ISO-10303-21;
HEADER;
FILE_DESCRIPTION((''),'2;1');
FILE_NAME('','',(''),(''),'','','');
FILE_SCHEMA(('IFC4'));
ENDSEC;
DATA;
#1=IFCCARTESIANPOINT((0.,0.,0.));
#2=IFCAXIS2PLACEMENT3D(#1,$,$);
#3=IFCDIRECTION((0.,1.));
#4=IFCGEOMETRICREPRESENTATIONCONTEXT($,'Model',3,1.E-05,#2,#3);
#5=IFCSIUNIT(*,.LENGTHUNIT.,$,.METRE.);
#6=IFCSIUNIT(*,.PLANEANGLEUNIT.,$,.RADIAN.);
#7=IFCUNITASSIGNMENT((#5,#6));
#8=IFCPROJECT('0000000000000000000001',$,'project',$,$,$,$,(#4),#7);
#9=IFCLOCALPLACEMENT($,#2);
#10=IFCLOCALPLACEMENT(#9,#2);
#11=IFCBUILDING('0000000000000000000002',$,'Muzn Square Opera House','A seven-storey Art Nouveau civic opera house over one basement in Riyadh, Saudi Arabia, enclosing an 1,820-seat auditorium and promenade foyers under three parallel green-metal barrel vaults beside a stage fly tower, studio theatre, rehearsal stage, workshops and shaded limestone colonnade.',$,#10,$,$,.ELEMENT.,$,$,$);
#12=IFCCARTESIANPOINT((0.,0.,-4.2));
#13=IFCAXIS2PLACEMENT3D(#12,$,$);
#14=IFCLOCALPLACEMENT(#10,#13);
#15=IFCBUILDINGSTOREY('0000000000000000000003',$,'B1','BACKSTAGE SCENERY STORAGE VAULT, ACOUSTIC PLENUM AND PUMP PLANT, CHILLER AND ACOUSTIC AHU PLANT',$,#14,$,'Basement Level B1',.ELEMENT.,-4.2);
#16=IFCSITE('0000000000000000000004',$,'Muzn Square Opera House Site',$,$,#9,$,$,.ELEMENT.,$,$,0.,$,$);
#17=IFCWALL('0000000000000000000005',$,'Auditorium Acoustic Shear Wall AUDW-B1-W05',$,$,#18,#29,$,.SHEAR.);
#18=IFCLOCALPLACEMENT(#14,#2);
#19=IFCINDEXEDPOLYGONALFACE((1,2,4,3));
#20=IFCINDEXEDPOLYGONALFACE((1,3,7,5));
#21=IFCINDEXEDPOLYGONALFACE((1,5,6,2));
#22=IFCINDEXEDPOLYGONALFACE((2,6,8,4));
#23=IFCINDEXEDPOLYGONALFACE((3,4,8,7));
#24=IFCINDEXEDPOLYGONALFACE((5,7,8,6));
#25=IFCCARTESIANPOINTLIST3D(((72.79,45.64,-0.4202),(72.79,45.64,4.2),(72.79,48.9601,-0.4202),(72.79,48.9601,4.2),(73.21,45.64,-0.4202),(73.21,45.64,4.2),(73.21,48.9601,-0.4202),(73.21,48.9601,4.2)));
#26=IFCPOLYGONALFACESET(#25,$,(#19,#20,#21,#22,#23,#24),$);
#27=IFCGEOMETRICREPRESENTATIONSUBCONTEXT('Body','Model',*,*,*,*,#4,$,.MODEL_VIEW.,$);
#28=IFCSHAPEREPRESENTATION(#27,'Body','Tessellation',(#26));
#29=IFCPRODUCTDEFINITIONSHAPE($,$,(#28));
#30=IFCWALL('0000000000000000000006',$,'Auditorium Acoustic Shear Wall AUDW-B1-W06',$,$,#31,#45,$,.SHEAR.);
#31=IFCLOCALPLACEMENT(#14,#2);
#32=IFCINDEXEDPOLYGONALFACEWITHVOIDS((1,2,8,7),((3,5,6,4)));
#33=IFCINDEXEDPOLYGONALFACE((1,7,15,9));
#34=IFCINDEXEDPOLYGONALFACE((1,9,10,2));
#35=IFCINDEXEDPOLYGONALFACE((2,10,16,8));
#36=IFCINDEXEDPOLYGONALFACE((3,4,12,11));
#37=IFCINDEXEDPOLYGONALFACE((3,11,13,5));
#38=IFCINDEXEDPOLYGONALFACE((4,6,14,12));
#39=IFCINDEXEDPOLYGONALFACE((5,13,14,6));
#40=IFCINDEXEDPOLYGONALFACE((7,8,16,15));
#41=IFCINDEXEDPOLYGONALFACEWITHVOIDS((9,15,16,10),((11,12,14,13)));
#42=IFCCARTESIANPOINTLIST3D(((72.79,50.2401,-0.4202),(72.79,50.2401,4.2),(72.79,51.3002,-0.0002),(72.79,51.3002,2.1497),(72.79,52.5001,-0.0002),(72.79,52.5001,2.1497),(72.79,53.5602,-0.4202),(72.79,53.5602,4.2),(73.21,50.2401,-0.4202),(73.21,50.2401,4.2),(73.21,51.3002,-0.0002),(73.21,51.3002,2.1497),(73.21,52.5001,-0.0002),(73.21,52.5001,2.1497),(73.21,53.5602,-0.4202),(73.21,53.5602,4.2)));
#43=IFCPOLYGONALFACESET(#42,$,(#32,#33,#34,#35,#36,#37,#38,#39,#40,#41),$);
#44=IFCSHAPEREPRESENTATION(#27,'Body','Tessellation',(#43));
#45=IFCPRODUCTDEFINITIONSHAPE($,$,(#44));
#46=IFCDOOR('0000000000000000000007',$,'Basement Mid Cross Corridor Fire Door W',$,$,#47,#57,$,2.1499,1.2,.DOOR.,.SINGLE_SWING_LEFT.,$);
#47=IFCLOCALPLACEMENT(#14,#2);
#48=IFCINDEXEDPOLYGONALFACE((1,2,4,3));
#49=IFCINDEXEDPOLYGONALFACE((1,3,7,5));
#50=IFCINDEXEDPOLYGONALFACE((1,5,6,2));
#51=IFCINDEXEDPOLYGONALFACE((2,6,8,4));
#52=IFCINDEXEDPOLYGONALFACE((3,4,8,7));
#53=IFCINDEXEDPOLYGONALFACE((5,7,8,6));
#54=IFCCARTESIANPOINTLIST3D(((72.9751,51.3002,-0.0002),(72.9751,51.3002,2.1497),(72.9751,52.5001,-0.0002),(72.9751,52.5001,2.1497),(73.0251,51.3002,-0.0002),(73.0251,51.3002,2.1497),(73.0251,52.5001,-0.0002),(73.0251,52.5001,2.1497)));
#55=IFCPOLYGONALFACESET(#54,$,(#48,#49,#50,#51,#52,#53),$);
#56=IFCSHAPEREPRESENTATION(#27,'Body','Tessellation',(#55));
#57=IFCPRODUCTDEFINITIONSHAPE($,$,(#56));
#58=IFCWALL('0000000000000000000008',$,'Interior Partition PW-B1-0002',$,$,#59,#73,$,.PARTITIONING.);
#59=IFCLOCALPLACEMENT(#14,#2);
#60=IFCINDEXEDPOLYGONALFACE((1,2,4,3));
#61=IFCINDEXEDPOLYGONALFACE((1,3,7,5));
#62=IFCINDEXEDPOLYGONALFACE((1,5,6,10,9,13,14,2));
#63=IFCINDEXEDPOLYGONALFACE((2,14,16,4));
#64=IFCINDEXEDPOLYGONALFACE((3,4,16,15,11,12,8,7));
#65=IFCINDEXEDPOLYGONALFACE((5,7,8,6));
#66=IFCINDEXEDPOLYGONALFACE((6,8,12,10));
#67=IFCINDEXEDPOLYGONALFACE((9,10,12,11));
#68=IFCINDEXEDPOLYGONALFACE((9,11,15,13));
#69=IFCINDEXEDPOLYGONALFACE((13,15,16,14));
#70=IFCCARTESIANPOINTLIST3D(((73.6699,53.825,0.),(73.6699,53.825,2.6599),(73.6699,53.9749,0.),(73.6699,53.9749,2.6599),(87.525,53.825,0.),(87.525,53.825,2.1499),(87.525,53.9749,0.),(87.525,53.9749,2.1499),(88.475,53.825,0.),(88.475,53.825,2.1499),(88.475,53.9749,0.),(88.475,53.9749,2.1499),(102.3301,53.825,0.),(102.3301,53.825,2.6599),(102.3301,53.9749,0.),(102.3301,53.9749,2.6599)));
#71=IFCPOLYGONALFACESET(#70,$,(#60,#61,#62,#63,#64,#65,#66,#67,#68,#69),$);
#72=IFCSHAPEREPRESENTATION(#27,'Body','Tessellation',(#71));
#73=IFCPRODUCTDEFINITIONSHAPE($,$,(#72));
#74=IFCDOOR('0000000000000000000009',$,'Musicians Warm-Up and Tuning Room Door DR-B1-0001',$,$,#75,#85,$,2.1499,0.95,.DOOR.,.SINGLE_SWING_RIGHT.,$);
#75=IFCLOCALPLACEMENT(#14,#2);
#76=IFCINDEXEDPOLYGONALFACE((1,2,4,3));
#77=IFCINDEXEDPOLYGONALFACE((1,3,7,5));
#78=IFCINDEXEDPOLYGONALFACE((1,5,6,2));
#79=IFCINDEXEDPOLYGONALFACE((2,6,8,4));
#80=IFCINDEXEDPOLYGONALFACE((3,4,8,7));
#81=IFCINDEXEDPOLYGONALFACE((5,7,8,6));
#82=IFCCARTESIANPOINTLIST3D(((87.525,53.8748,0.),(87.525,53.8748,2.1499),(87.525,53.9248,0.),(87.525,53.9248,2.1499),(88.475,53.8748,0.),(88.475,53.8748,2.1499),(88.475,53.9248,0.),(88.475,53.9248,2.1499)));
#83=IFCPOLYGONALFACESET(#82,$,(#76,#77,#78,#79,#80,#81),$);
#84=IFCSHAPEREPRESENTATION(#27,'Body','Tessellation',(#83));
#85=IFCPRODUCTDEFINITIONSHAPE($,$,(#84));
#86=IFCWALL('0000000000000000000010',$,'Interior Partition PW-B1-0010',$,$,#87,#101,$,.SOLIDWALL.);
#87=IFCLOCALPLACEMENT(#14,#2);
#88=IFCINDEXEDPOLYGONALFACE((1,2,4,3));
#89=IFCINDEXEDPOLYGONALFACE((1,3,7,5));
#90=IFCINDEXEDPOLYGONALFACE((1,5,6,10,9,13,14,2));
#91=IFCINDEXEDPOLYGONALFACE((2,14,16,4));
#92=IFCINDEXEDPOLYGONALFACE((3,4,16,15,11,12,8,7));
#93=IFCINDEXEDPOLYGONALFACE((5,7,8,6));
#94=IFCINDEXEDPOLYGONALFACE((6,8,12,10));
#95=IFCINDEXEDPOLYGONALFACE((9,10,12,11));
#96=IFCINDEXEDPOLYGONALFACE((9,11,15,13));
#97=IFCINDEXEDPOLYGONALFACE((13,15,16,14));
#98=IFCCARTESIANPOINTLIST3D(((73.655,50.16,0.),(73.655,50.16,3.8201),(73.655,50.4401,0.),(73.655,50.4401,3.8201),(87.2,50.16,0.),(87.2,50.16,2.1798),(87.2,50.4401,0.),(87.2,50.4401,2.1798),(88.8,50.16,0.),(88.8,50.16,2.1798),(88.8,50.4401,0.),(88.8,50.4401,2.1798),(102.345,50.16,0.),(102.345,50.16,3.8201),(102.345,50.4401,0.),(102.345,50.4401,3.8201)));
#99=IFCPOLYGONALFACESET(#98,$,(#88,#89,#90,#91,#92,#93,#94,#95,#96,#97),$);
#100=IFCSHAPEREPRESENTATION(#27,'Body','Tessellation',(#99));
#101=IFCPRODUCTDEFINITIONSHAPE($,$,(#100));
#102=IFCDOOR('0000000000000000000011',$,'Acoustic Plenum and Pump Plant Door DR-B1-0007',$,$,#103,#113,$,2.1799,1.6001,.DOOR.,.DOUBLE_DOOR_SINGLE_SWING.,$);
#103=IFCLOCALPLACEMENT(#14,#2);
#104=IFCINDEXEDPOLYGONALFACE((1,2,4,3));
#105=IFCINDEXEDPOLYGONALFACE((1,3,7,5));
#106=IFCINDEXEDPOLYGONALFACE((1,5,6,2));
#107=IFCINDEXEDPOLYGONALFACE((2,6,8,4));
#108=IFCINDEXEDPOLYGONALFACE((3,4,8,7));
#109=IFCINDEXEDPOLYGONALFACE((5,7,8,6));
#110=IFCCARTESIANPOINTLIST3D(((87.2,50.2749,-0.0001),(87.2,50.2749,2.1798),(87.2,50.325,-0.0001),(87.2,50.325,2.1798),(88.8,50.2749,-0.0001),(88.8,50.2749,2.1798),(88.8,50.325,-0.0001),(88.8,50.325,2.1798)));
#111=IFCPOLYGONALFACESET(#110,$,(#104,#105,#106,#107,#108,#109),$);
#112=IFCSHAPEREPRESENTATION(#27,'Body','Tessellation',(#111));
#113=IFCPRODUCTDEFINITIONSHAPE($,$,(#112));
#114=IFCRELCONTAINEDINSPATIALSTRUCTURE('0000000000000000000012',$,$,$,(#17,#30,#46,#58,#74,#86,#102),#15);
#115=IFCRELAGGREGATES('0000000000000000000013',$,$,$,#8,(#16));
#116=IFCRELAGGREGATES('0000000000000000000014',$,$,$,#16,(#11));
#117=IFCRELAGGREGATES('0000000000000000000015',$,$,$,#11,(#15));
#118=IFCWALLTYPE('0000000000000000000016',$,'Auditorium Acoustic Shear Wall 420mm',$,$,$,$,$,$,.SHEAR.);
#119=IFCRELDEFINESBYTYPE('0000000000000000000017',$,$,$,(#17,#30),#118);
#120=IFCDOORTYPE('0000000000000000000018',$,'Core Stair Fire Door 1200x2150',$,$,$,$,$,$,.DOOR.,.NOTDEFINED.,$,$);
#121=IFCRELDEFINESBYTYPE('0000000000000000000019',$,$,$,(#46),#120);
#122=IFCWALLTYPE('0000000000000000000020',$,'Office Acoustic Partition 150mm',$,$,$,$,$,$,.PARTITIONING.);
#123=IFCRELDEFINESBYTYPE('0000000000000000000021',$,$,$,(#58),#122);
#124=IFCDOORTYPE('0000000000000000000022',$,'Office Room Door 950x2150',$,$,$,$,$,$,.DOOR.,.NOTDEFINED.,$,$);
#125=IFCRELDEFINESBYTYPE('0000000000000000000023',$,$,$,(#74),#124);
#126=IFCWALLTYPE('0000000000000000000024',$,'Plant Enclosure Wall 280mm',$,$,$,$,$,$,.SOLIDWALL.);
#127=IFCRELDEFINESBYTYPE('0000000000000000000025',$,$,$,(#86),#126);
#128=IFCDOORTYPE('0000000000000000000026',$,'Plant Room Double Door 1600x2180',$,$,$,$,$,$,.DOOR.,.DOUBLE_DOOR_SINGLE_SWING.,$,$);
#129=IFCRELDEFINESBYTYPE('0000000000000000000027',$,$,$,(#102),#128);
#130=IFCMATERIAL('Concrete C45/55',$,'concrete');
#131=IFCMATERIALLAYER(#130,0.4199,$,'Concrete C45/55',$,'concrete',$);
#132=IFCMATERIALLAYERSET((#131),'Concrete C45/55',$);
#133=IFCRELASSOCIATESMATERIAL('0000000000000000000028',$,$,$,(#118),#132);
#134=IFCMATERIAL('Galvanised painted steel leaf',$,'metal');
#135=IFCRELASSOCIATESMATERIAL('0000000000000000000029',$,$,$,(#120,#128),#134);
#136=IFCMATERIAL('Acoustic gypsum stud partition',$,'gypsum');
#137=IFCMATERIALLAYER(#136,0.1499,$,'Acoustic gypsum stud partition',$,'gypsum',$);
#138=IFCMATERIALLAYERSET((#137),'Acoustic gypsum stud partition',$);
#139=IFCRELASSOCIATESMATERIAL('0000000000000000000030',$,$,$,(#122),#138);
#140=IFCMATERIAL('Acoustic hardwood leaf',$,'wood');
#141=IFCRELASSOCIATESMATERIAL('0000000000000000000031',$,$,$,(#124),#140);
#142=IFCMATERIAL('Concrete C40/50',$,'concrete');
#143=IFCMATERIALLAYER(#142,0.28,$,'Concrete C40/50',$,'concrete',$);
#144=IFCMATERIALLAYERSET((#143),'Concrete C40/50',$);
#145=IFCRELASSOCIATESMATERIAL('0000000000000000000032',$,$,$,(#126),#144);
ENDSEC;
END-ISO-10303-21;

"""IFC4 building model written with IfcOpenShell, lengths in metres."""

from ifc_helpers import new_model, si_unit, direction, frame, frame_2d, origin, place, context, subcontext, project, spatial, rectangle, extrude, material, layer, layer_set, type_object, element, fill, save


model = new_model("IFC4")

# Units and contexts
model_context = context("Model", 3, precision=1e-05, world=origin(), true_north=direction((0.0, 1.0)))
body_context = subcontext(model_context, "Body", "Model", "MODEL_VIEW")
ifc_project = project(units=[si_unit("LENGTHUNIT", "METRE"), si_unit("PLANEANGLEUNIT", "RADIAN")], contexts=[model_context])

# Site, building, storey
site_placement = place(None, origin())
site = spatial("IfcSite", under=ifc_project, at=site_placement, Name="Muzn Square Opera House Site", CompositionType="ELEMENT", RefElevation=0.0)
building_placement = place(site_placement, origin())
building = spatial("IfcBuilding", under=site, at=building_placement, Name="Muzn Square Opera House", Description="A seven-storey Art Nouveau civic opera house over one basement in Riyadh, Saudi Arabia, enclosing an 1,820-seat auditorium and promenade foyers under three parallel green-metal barrel vaults beside a stage fly tower, studio theatre, rehearsal stage, workshops and shaded limestone colonnade.", CompositionType="ELEMENT")
storey_placement = place(building_placement, frame((0.0, 0.0, -4.2)))
storey = spatial("IfcBuildingStorey", under=building, at=storey_placement, Name="B1", Description="BACKSTAGE SCENERY STORAGE VAULT, ACOUSTIC PLENUM AND PUMP PLANT, CHILLER AND ACOUSTIC AHU PLANT", LongName="Basement Level B1", CompositionType="ELEMENT", Elevation=-4.2)

# Shared definitions
ifc_material_1 = material(Name="Concrete C40/50", Category="concrete")

# Shared definitions
ifc_material_2 = material(Name="Concrete C45/55", Category="concrete")

# Wall
ifc_layer_1 = layer(ifc_material_2, 0.4199, Name="Concrete C45/55", Category="concrete")
ifc_layer_set_1 = layer_set([ifc_layer_1], Name="Concrete C45/55")
wall_type_1 = type_object("IfcWallType", Name="Auditorium Acoustic Shear Wall 420mm", PredefinedType="SHEAR", material=ifc_layer_set_1)
for number, where, z_axis, x_axis, name in (
    (1, (73.0, 45.6399, -0.4202), (0.0, 0.0, 1.0), (0.0, 1.0, 0.0), "Auditorium Acoustic Shear Wall AUDW-B1-W05"),
):
    element("IfcWall", number, at=place(storey_placement, frame(where, z_axis=z_axis, x_axis=x_axis)), inside=storey, type_object=wall_type_1, Name=name, PredefinedType="SHEAR", context=body_context, shape_type="SweptSolid", body=[
        extrude(rectangle(XDim=3.3201, YDim=0.4199, at=frame_2d((1.6602, 0.0))), origin(), (0.0, 0.0, 1.0), 4.6201),
    ])

# Walls, openings, doors
wall_1_placement = place(storey_placement, frame((73.0, 50.24, -0.4202), z_axis=(0.0, 0.0, 1.0), x_axis=(0.0, 1.0, 0.0)))
wall_1 = element("IfcWall", 2, at=wall_1_placement, inside=storey, type_object=wall_type_1, Name="Auditorium Acoustic Shear Wall AUDW-B1-W06", PredefinedType="SHEAR", context=body_context, shape_type="SweptSolid", body=[
    extrude(rectangle(XDim=3.3201, YDim=0.4199, at=frame_2d((1.6602, 0.0))), origin(), (0.0, 0.0, 1.0), 4.6201),
])
opening_1_placement = place(wall_1_placement, frame((1.0601, 0.0, 0.4199)))
opening_1 = element("IfcOpeningElement", 3, at=opening_1_placement, cuts=wall_1, PredefinedType="OPENING", context=body_context, shape_type="SweptSolid", body=[
    extrude(rectangle(XDim=1.2, YDim=2.1499, at=frame_2d((0.6001, 1.075))), frame((0.0, 0.22, 0.0), z_axis=(0.0, -1.0, 0.0), x_axis=(1.0, 0.0, 0.0)), (0.0, 0.0, 1.0), 0.4399),
])
ifc_material_3 = material(Name="Galvanised painted steel leaf", Category="metal")
door_type_1 = type_object("IfcDoorType", Name="Core Stair Fire Door 1200x2150", OperationType="NOTDEFINED", PredefinedType="DOOR", material=ifc_material_3)
door_1_placement = place(opening_1_placement, origin())
door_1 = element("IfcDoor", 4, at=door_1_placement, inside=storey, type_object=door_type_1, Name="Basement Mid Cross Corridor Fire Door W", OperationType="SINGLE_SWING_LEFT", OverallHeight=2.1499, OverallWidth=1.2, PredefinedType="DOOR", context=body_context, shape_type="SweptSolid", body=[
    extrude(rectangle(XDim=1.2, YDim=2.1499, at=frame_2d((0.6001, 1.075))), frame((0.0, 0.0249, 0.0), z_axis=(0.0, -1.0, 0.0), x_axis=(1.0, 0.0, 0.0)), (0.0, 0.0, 1.0), 0.05),
])
fill(opening_1, door_1)
ifc_material_4 = material(Name="Acoustic gypsum stud partition", Category="gypsum")
ifc_layer_2 = layer(ifc_material_4, 0.1499, Name="Acoustic gypsum stud partition", Category="gypsum")
ifc_layer_set_2 = layer_set([ifc_layer_2], Name="Acoustic gypsum stud partition")
wall_type_2 = type_object("IfcWallType", Name="Office Acoustic Partition 150mm", PredefinedType="PARTITIONING", material=ifc_layer_set_2)
wall_2_placement = place(storey_placement, frame((73.6699, 53.8999, 0.0), z_axis=(0.0, 0.0, 1.0), x_axis=(1.0, 0.0, 0.0)))
wall_2 = element("IfcWall", 5, at=wall_2_placement, inside=storey, type_object=wall_type_2, Name="Interior Partition PW-B1-0002", PredefinedType="PARTITIONING", context=body_context, shape_type="SweptSolid", body=[
    extrude(rectangle(XDim=28.6602, YDim=0.1499, at=frame_2d((14.3301, 0.0))), origin(), (0.0, 0.0, 1.0), 2.6599),
])
opening_2_placement = place(wall_2_placement, frame((13.855, 0.0, 0.0)))
opening_2 = element("IfcOpeningElement", 6, at=opening_2_placement, cuts=wall_2, PredefinedType="OPENING", context=body_context, shape_type="SweptSolid", body=[
    extrude(rectangle(XDim=0.95, YDim=2.1499, at=frame_2d((0.4751, 1.075))), frame((0.0, 0.085, 0.0), z_axis=(0.0, -1.0, 0.0), x_axis=(1.0, 0.0, 0.0)), (0.0, 0.0, 1.0), 0.1699),
])
ifc_material_5 = material(Name="Acoustic hardwood leaf", Category="wood")
door_type_2 = type_object("IfcDoorType", Name="Office Room Door 950x2150", OperationType="NOTDEFINED", PredefinedType="DOOR", material=ifc_material_5)
door_2_placement = place(opening_2_placement, origin())
door_2 = element("IfcDoor", 7, at=door_2_placement, inside=storey, type_object=door_type_2, Name="Musicians Warm-Up and Tuning Room Door DR-B1-0001", OperationType="SINGLE_SWING_RIGHT", OverallHeight=2.1499, OverallWidth=0.95, PredefinedType="DOOR", context=body_context, shape_type="SweptSolid", body=[
    extrude(rectangle(XDim=0.95, YDim=2.1499, at=frame_2d((0.4751, 1.075))), frame((0.0, 0.0249, 0.0), z_axis=(0.0, -1.0, 0.0), x_axis=(1.0, 0.0, 0.0)), (0.0, 0.0, 1.0), 0.05),
])
fill(opening_2, door_2)
ifc_layer_3 = layer(ifc_material_1, 0.28, Name="Concrete C40/50", Category="concrete")
ifc_layer_set_3 = layer_set([ifc_layer_3], Name="Concrete C40/50")
wall_type_3 = type_object("IfcWallType", Name="Plant Enclosure Wall 280mm", PredefinedType="SOLIDWALL", material=ifc_layer_set_3)
wall_3_placement = place(storey_placement, frame((73.655, 50.3, 0.0), z_axis=(0.0, 0.0, 1.0), x_axis=(1.0, 0.0, 0.0)))
wall_3 = element("IfcWall", 8, at=wall_3_placement, inside=storey, type_object=wall_type_3, Name="Interior Partition PW-B1-0010", PredefinedType="SOLIDWALL", context=body_context, shape_type="SweptSolid", body=[
    extrude(rectangle(XDim=28.6899, YDim=0.28, at=frame_2d((14.345, 0.0))), origin(), (0.0, 0.0, 1.0), 3.8201),
])
opening_3_placement = place(wall_3_placement, frame((13.5449, 0.0, 0.0)))
opening_3 = element("IfcOpeningElement", 9, at=opening_3_placement, cuts=wall_3, PredefinedType="OPENING", context=body_context, shape_type="SweptSolid", body=[
    extrude(rectangle(XDim=1.6001, YDim=2.1799, at=frame_2d((0.8, 1.0898))), frame((0.0, 0.1499, 0.0), z_axis=(0.0, -1.0, 0.0), x_axis=(1.0, 0.0, 0.0)), (0.0, 0.0, 1.0), 0.3),
])
door_type_3 = type_object("IfcDoorType", Name="Plant Room Double Door 1600x2180", OperationType="DOUBLE_DOOR_SINGLE_SWING", PredefinedType="DOOR", material=ifc_material_3)
door_3_placement = place(opening_3_placement, origin())
door_3 = element("IfcDoor", 10, at=door_3_placement, inside=storey, type_object=door_type_3, Name="Acoustic Plenum and Pump Plant Door DR-B1-0007", OperationType="DOUBLE_DOOR_SINGLE_SWING", OverallHeight=2.1799, OverallWidth=1.6001, PredefinedType="DOOR", context=body_context, shape_type="SweptSolid", body=[
    extrude(rectangle(XDim=1.6001, YDim=2.1799, at=frame_2d((0.8, 1.0898))), frame((0.0, 0.0249, 0.0), z_axis=(0.0, -1.0, 0.0), x_axis=(1.0, 0.0, 0.0)), (0.0, 0.0, 1.0), 0.05),
])
fill(opening_3, door_3)

save(model, "model.ifc")
